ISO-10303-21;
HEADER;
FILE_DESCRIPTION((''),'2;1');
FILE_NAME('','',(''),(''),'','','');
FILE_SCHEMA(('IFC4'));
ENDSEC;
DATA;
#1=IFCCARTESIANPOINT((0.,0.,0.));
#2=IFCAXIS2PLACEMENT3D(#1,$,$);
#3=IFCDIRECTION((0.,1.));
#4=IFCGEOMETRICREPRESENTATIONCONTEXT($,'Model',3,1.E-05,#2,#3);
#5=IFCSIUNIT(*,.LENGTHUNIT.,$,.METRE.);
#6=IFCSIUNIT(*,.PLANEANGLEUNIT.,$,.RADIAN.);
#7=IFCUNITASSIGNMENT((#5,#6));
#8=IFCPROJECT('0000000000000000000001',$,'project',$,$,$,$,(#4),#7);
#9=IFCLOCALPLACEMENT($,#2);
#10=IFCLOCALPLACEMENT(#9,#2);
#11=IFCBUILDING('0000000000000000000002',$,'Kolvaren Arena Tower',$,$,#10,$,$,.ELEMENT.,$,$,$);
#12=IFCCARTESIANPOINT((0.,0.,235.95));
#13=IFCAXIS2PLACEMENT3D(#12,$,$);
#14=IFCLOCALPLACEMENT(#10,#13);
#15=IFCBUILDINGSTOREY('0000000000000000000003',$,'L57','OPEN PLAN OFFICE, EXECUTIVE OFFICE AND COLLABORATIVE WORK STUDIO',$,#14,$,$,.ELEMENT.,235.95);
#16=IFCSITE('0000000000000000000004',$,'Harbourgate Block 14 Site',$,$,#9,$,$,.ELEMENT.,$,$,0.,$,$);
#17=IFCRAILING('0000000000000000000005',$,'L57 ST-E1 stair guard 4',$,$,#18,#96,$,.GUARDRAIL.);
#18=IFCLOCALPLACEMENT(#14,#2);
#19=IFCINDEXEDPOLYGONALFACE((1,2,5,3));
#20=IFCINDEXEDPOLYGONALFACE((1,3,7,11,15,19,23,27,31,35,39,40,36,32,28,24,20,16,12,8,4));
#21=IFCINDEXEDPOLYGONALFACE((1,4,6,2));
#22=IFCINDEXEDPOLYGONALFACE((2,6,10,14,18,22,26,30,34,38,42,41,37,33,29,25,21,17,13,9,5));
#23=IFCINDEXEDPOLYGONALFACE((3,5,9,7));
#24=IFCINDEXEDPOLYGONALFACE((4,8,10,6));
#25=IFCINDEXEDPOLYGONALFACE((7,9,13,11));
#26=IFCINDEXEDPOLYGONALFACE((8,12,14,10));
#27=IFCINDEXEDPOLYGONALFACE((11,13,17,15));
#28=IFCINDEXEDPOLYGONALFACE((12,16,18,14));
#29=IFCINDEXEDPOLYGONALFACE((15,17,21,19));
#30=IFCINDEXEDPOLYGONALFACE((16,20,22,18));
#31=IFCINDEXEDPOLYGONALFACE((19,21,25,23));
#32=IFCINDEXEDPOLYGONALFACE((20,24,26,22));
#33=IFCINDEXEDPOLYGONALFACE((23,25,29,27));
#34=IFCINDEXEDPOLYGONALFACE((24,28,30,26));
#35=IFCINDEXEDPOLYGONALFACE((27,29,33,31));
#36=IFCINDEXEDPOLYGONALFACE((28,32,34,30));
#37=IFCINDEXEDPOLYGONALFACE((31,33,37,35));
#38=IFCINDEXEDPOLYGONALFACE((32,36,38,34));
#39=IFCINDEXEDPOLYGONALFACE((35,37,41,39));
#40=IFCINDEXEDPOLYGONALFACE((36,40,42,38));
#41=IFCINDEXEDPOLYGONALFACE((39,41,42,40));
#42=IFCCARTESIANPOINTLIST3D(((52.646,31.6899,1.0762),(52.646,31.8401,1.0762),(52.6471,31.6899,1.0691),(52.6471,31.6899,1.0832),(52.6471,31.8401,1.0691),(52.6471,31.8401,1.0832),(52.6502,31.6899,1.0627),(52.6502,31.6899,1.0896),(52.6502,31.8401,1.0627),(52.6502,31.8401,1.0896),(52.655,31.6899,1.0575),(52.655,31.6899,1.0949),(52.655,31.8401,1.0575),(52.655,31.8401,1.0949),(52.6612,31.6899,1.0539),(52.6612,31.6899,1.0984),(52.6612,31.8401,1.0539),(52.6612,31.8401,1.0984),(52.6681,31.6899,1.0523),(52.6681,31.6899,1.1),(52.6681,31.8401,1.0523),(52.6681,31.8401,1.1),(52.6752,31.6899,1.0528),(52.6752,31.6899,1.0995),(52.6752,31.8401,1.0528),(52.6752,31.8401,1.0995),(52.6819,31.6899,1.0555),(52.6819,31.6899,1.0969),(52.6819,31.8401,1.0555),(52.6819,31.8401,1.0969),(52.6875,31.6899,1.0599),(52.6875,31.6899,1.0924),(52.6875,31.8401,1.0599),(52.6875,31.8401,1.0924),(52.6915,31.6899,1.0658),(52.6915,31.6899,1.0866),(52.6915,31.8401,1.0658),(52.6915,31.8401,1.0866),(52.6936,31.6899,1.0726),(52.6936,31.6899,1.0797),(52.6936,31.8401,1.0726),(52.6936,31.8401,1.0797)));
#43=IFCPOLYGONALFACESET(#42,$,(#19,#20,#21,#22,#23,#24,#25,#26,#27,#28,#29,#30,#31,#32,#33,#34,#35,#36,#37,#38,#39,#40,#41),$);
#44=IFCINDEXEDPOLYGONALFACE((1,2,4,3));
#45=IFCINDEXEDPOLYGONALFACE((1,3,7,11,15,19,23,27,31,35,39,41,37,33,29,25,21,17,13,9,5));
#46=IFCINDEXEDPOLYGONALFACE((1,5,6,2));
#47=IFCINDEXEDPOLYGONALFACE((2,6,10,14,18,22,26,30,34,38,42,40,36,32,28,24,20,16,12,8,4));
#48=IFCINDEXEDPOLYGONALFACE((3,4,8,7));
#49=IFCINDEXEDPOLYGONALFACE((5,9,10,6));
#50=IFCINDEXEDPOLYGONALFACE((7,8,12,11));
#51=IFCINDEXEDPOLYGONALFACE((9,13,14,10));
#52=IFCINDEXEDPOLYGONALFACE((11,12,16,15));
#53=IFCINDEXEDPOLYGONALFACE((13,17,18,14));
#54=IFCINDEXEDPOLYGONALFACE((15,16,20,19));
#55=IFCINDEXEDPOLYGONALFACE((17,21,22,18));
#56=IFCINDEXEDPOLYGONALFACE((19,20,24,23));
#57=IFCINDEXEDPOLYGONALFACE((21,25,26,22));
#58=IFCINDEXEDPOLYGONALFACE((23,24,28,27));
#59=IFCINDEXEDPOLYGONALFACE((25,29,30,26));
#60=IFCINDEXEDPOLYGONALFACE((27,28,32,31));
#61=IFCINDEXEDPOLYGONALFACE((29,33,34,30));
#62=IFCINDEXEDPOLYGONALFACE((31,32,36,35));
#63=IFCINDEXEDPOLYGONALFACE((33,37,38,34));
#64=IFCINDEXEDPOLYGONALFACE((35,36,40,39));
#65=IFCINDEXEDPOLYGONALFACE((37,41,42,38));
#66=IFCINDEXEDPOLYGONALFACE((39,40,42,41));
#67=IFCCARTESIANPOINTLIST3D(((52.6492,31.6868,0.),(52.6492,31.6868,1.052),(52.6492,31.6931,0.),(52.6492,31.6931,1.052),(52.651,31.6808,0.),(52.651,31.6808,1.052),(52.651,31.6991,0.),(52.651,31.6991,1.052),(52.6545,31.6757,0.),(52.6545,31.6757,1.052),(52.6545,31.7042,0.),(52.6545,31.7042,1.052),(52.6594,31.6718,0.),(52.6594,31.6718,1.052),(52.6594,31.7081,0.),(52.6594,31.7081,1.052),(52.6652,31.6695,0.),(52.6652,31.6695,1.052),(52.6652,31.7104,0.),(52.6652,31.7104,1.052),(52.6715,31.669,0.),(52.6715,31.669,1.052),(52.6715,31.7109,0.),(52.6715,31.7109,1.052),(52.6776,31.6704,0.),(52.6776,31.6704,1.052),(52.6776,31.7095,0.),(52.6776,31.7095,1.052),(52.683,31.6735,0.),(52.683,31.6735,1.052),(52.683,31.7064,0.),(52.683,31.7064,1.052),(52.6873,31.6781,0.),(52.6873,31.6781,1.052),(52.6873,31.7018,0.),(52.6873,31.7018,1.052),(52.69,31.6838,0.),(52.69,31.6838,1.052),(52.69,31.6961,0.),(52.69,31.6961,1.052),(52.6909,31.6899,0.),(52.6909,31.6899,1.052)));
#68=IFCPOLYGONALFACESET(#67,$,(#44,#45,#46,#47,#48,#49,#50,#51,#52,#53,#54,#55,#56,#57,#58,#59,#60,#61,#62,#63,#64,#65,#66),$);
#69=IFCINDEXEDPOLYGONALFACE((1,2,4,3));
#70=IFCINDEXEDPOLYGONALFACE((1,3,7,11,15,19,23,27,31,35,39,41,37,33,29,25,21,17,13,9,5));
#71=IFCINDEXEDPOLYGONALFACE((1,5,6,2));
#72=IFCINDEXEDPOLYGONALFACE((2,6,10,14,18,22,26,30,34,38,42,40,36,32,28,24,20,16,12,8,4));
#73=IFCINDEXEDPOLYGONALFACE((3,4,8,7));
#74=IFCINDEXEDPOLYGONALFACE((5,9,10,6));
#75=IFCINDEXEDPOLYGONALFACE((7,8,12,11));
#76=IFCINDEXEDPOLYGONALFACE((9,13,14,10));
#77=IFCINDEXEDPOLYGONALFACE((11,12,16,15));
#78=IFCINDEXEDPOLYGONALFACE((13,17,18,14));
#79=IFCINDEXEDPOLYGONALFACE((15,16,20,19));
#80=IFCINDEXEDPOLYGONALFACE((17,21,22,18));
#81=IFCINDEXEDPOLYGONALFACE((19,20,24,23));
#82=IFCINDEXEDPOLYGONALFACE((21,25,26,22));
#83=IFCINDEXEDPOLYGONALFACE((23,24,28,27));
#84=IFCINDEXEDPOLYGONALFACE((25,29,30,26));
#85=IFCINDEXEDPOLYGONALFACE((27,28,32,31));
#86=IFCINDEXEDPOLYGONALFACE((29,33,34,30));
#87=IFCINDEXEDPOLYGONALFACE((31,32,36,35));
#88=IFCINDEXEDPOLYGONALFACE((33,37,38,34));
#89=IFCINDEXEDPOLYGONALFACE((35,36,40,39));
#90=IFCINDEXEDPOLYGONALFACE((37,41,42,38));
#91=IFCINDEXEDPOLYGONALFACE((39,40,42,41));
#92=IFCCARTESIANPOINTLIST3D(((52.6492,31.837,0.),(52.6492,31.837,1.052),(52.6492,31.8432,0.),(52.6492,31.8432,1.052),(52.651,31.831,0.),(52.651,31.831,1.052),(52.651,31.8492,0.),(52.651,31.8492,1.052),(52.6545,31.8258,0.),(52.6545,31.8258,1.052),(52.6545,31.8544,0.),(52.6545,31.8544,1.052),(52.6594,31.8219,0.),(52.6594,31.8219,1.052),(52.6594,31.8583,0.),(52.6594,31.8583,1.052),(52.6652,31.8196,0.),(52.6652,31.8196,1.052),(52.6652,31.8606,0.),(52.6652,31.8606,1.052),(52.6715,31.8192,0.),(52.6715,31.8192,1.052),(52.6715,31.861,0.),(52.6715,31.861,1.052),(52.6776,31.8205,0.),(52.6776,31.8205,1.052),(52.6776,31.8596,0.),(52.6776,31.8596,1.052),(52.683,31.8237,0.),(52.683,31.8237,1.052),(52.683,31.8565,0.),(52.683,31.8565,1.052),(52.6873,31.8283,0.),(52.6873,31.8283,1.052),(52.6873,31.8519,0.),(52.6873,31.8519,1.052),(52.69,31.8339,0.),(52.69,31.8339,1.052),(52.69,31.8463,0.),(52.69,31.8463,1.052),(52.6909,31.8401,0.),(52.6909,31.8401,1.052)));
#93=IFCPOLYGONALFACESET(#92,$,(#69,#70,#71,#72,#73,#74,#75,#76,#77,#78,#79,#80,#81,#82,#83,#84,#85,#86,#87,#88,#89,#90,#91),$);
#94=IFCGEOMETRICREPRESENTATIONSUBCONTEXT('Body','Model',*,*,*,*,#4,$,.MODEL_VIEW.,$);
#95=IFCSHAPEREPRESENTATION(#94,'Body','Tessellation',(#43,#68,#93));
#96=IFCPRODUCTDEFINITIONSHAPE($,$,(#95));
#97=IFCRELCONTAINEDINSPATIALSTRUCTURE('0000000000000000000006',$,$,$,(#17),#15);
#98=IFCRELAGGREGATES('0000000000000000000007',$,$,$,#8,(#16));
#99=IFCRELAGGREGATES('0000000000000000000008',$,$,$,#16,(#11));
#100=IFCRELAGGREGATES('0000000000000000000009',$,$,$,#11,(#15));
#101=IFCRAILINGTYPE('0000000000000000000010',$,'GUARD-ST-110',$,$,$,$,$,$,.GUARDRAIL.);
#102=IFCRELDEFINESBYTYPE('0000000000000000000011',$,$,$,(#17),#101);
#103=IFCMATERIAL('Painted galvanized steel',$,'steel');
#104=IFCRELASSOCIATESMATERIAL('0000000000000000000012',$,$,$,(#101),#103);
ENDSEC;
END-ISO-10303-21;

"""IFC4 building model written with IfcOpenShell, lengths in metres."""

from ifc_helpers import new_model, si_unit, direction, frame, origin, origin_2d, place, context, subcontext, project, spatial, circle, extrude, material, type_object, element, save


model = new_model("IFC4")

# Units and contexts
model_context = context("Model", 3, precision=1e-05, world=origin(), true_north=direction((0.0, 1.0)))
body_context = subcontext(model_context, "Body", "Model", "MODEL_VIEW")
ifc_project = project(units=[si_unit("LENGTHUNIT", "METRE"), si_unit("PLANEANGLEUNIT", "RADIAN")], contexts=[model_context])

# Site, building, storey
site_placement = place(None, origin())
site = spatial("IfcSite", under=ifc_project, at=site_placement, Name="Harbourgate Block 14 Site", CompositionType="ELEMENT", RefElevation=0.0)
building_placement = place(site_placement, origin())
building = spatial("IfcBuilding", under=site, at=building_placement, Name="Kolvaren Arena Tower", CompositionType="ELEMENT")
storey_placement = place(building_placement, frame((0.0, 0.0, 235.95)))
storey = spatial("IfcBuildingStorey", under=building, at=storey_placement, Name="L57", Description="OPEN PLAN OFFICE, EXECUTIVE OFFICE AND COLLABORATIVE WORK STUDIO", CompositionType="ELEMENT", Elevation=235.95)

# Railing
ifc_material_1 = material(Name="Painted galvanized steel", Category="steel")
railing_type_1 = type_object("IfcRailingType", Name="GUARD-ST-110", PredefinedType="GUARDRAIL", material=ifc_material_1)
railing_1_placement = place(storey_placement, frame((52.6699, 31.6899, 0.0)))
element("IfcRailing", 1, at=railing_1_placement, inside=storey, type_object=railing_type_1, Name="L57 ST-E1 stair guard 4", PredefinedType="GUARDRAIL", context=body_context, shape_type="SweptSolid", body=[
    extrude(circle(Radius=0.0239, at=origin_2d()), frame((0.0, 0.0, 1.0762), z_axis=(0.0, 1.0, 0.0), x_axis=(-1.0, 0.0, 0.0)), (0.0, 0.0, 1.0), 0.1501),
    extrude(circle(Radius=0.021, at=origin_2d()), origin(), (0.0, 0.0, 1.0), 1.052),
    extrude(circle(Radius=0.021, at=origin_2d()), frame((0.0, 0.1501, 0.0)), (0.0, 0.0, 1.0), 1.052),
])

save(model, "model.ifc")
